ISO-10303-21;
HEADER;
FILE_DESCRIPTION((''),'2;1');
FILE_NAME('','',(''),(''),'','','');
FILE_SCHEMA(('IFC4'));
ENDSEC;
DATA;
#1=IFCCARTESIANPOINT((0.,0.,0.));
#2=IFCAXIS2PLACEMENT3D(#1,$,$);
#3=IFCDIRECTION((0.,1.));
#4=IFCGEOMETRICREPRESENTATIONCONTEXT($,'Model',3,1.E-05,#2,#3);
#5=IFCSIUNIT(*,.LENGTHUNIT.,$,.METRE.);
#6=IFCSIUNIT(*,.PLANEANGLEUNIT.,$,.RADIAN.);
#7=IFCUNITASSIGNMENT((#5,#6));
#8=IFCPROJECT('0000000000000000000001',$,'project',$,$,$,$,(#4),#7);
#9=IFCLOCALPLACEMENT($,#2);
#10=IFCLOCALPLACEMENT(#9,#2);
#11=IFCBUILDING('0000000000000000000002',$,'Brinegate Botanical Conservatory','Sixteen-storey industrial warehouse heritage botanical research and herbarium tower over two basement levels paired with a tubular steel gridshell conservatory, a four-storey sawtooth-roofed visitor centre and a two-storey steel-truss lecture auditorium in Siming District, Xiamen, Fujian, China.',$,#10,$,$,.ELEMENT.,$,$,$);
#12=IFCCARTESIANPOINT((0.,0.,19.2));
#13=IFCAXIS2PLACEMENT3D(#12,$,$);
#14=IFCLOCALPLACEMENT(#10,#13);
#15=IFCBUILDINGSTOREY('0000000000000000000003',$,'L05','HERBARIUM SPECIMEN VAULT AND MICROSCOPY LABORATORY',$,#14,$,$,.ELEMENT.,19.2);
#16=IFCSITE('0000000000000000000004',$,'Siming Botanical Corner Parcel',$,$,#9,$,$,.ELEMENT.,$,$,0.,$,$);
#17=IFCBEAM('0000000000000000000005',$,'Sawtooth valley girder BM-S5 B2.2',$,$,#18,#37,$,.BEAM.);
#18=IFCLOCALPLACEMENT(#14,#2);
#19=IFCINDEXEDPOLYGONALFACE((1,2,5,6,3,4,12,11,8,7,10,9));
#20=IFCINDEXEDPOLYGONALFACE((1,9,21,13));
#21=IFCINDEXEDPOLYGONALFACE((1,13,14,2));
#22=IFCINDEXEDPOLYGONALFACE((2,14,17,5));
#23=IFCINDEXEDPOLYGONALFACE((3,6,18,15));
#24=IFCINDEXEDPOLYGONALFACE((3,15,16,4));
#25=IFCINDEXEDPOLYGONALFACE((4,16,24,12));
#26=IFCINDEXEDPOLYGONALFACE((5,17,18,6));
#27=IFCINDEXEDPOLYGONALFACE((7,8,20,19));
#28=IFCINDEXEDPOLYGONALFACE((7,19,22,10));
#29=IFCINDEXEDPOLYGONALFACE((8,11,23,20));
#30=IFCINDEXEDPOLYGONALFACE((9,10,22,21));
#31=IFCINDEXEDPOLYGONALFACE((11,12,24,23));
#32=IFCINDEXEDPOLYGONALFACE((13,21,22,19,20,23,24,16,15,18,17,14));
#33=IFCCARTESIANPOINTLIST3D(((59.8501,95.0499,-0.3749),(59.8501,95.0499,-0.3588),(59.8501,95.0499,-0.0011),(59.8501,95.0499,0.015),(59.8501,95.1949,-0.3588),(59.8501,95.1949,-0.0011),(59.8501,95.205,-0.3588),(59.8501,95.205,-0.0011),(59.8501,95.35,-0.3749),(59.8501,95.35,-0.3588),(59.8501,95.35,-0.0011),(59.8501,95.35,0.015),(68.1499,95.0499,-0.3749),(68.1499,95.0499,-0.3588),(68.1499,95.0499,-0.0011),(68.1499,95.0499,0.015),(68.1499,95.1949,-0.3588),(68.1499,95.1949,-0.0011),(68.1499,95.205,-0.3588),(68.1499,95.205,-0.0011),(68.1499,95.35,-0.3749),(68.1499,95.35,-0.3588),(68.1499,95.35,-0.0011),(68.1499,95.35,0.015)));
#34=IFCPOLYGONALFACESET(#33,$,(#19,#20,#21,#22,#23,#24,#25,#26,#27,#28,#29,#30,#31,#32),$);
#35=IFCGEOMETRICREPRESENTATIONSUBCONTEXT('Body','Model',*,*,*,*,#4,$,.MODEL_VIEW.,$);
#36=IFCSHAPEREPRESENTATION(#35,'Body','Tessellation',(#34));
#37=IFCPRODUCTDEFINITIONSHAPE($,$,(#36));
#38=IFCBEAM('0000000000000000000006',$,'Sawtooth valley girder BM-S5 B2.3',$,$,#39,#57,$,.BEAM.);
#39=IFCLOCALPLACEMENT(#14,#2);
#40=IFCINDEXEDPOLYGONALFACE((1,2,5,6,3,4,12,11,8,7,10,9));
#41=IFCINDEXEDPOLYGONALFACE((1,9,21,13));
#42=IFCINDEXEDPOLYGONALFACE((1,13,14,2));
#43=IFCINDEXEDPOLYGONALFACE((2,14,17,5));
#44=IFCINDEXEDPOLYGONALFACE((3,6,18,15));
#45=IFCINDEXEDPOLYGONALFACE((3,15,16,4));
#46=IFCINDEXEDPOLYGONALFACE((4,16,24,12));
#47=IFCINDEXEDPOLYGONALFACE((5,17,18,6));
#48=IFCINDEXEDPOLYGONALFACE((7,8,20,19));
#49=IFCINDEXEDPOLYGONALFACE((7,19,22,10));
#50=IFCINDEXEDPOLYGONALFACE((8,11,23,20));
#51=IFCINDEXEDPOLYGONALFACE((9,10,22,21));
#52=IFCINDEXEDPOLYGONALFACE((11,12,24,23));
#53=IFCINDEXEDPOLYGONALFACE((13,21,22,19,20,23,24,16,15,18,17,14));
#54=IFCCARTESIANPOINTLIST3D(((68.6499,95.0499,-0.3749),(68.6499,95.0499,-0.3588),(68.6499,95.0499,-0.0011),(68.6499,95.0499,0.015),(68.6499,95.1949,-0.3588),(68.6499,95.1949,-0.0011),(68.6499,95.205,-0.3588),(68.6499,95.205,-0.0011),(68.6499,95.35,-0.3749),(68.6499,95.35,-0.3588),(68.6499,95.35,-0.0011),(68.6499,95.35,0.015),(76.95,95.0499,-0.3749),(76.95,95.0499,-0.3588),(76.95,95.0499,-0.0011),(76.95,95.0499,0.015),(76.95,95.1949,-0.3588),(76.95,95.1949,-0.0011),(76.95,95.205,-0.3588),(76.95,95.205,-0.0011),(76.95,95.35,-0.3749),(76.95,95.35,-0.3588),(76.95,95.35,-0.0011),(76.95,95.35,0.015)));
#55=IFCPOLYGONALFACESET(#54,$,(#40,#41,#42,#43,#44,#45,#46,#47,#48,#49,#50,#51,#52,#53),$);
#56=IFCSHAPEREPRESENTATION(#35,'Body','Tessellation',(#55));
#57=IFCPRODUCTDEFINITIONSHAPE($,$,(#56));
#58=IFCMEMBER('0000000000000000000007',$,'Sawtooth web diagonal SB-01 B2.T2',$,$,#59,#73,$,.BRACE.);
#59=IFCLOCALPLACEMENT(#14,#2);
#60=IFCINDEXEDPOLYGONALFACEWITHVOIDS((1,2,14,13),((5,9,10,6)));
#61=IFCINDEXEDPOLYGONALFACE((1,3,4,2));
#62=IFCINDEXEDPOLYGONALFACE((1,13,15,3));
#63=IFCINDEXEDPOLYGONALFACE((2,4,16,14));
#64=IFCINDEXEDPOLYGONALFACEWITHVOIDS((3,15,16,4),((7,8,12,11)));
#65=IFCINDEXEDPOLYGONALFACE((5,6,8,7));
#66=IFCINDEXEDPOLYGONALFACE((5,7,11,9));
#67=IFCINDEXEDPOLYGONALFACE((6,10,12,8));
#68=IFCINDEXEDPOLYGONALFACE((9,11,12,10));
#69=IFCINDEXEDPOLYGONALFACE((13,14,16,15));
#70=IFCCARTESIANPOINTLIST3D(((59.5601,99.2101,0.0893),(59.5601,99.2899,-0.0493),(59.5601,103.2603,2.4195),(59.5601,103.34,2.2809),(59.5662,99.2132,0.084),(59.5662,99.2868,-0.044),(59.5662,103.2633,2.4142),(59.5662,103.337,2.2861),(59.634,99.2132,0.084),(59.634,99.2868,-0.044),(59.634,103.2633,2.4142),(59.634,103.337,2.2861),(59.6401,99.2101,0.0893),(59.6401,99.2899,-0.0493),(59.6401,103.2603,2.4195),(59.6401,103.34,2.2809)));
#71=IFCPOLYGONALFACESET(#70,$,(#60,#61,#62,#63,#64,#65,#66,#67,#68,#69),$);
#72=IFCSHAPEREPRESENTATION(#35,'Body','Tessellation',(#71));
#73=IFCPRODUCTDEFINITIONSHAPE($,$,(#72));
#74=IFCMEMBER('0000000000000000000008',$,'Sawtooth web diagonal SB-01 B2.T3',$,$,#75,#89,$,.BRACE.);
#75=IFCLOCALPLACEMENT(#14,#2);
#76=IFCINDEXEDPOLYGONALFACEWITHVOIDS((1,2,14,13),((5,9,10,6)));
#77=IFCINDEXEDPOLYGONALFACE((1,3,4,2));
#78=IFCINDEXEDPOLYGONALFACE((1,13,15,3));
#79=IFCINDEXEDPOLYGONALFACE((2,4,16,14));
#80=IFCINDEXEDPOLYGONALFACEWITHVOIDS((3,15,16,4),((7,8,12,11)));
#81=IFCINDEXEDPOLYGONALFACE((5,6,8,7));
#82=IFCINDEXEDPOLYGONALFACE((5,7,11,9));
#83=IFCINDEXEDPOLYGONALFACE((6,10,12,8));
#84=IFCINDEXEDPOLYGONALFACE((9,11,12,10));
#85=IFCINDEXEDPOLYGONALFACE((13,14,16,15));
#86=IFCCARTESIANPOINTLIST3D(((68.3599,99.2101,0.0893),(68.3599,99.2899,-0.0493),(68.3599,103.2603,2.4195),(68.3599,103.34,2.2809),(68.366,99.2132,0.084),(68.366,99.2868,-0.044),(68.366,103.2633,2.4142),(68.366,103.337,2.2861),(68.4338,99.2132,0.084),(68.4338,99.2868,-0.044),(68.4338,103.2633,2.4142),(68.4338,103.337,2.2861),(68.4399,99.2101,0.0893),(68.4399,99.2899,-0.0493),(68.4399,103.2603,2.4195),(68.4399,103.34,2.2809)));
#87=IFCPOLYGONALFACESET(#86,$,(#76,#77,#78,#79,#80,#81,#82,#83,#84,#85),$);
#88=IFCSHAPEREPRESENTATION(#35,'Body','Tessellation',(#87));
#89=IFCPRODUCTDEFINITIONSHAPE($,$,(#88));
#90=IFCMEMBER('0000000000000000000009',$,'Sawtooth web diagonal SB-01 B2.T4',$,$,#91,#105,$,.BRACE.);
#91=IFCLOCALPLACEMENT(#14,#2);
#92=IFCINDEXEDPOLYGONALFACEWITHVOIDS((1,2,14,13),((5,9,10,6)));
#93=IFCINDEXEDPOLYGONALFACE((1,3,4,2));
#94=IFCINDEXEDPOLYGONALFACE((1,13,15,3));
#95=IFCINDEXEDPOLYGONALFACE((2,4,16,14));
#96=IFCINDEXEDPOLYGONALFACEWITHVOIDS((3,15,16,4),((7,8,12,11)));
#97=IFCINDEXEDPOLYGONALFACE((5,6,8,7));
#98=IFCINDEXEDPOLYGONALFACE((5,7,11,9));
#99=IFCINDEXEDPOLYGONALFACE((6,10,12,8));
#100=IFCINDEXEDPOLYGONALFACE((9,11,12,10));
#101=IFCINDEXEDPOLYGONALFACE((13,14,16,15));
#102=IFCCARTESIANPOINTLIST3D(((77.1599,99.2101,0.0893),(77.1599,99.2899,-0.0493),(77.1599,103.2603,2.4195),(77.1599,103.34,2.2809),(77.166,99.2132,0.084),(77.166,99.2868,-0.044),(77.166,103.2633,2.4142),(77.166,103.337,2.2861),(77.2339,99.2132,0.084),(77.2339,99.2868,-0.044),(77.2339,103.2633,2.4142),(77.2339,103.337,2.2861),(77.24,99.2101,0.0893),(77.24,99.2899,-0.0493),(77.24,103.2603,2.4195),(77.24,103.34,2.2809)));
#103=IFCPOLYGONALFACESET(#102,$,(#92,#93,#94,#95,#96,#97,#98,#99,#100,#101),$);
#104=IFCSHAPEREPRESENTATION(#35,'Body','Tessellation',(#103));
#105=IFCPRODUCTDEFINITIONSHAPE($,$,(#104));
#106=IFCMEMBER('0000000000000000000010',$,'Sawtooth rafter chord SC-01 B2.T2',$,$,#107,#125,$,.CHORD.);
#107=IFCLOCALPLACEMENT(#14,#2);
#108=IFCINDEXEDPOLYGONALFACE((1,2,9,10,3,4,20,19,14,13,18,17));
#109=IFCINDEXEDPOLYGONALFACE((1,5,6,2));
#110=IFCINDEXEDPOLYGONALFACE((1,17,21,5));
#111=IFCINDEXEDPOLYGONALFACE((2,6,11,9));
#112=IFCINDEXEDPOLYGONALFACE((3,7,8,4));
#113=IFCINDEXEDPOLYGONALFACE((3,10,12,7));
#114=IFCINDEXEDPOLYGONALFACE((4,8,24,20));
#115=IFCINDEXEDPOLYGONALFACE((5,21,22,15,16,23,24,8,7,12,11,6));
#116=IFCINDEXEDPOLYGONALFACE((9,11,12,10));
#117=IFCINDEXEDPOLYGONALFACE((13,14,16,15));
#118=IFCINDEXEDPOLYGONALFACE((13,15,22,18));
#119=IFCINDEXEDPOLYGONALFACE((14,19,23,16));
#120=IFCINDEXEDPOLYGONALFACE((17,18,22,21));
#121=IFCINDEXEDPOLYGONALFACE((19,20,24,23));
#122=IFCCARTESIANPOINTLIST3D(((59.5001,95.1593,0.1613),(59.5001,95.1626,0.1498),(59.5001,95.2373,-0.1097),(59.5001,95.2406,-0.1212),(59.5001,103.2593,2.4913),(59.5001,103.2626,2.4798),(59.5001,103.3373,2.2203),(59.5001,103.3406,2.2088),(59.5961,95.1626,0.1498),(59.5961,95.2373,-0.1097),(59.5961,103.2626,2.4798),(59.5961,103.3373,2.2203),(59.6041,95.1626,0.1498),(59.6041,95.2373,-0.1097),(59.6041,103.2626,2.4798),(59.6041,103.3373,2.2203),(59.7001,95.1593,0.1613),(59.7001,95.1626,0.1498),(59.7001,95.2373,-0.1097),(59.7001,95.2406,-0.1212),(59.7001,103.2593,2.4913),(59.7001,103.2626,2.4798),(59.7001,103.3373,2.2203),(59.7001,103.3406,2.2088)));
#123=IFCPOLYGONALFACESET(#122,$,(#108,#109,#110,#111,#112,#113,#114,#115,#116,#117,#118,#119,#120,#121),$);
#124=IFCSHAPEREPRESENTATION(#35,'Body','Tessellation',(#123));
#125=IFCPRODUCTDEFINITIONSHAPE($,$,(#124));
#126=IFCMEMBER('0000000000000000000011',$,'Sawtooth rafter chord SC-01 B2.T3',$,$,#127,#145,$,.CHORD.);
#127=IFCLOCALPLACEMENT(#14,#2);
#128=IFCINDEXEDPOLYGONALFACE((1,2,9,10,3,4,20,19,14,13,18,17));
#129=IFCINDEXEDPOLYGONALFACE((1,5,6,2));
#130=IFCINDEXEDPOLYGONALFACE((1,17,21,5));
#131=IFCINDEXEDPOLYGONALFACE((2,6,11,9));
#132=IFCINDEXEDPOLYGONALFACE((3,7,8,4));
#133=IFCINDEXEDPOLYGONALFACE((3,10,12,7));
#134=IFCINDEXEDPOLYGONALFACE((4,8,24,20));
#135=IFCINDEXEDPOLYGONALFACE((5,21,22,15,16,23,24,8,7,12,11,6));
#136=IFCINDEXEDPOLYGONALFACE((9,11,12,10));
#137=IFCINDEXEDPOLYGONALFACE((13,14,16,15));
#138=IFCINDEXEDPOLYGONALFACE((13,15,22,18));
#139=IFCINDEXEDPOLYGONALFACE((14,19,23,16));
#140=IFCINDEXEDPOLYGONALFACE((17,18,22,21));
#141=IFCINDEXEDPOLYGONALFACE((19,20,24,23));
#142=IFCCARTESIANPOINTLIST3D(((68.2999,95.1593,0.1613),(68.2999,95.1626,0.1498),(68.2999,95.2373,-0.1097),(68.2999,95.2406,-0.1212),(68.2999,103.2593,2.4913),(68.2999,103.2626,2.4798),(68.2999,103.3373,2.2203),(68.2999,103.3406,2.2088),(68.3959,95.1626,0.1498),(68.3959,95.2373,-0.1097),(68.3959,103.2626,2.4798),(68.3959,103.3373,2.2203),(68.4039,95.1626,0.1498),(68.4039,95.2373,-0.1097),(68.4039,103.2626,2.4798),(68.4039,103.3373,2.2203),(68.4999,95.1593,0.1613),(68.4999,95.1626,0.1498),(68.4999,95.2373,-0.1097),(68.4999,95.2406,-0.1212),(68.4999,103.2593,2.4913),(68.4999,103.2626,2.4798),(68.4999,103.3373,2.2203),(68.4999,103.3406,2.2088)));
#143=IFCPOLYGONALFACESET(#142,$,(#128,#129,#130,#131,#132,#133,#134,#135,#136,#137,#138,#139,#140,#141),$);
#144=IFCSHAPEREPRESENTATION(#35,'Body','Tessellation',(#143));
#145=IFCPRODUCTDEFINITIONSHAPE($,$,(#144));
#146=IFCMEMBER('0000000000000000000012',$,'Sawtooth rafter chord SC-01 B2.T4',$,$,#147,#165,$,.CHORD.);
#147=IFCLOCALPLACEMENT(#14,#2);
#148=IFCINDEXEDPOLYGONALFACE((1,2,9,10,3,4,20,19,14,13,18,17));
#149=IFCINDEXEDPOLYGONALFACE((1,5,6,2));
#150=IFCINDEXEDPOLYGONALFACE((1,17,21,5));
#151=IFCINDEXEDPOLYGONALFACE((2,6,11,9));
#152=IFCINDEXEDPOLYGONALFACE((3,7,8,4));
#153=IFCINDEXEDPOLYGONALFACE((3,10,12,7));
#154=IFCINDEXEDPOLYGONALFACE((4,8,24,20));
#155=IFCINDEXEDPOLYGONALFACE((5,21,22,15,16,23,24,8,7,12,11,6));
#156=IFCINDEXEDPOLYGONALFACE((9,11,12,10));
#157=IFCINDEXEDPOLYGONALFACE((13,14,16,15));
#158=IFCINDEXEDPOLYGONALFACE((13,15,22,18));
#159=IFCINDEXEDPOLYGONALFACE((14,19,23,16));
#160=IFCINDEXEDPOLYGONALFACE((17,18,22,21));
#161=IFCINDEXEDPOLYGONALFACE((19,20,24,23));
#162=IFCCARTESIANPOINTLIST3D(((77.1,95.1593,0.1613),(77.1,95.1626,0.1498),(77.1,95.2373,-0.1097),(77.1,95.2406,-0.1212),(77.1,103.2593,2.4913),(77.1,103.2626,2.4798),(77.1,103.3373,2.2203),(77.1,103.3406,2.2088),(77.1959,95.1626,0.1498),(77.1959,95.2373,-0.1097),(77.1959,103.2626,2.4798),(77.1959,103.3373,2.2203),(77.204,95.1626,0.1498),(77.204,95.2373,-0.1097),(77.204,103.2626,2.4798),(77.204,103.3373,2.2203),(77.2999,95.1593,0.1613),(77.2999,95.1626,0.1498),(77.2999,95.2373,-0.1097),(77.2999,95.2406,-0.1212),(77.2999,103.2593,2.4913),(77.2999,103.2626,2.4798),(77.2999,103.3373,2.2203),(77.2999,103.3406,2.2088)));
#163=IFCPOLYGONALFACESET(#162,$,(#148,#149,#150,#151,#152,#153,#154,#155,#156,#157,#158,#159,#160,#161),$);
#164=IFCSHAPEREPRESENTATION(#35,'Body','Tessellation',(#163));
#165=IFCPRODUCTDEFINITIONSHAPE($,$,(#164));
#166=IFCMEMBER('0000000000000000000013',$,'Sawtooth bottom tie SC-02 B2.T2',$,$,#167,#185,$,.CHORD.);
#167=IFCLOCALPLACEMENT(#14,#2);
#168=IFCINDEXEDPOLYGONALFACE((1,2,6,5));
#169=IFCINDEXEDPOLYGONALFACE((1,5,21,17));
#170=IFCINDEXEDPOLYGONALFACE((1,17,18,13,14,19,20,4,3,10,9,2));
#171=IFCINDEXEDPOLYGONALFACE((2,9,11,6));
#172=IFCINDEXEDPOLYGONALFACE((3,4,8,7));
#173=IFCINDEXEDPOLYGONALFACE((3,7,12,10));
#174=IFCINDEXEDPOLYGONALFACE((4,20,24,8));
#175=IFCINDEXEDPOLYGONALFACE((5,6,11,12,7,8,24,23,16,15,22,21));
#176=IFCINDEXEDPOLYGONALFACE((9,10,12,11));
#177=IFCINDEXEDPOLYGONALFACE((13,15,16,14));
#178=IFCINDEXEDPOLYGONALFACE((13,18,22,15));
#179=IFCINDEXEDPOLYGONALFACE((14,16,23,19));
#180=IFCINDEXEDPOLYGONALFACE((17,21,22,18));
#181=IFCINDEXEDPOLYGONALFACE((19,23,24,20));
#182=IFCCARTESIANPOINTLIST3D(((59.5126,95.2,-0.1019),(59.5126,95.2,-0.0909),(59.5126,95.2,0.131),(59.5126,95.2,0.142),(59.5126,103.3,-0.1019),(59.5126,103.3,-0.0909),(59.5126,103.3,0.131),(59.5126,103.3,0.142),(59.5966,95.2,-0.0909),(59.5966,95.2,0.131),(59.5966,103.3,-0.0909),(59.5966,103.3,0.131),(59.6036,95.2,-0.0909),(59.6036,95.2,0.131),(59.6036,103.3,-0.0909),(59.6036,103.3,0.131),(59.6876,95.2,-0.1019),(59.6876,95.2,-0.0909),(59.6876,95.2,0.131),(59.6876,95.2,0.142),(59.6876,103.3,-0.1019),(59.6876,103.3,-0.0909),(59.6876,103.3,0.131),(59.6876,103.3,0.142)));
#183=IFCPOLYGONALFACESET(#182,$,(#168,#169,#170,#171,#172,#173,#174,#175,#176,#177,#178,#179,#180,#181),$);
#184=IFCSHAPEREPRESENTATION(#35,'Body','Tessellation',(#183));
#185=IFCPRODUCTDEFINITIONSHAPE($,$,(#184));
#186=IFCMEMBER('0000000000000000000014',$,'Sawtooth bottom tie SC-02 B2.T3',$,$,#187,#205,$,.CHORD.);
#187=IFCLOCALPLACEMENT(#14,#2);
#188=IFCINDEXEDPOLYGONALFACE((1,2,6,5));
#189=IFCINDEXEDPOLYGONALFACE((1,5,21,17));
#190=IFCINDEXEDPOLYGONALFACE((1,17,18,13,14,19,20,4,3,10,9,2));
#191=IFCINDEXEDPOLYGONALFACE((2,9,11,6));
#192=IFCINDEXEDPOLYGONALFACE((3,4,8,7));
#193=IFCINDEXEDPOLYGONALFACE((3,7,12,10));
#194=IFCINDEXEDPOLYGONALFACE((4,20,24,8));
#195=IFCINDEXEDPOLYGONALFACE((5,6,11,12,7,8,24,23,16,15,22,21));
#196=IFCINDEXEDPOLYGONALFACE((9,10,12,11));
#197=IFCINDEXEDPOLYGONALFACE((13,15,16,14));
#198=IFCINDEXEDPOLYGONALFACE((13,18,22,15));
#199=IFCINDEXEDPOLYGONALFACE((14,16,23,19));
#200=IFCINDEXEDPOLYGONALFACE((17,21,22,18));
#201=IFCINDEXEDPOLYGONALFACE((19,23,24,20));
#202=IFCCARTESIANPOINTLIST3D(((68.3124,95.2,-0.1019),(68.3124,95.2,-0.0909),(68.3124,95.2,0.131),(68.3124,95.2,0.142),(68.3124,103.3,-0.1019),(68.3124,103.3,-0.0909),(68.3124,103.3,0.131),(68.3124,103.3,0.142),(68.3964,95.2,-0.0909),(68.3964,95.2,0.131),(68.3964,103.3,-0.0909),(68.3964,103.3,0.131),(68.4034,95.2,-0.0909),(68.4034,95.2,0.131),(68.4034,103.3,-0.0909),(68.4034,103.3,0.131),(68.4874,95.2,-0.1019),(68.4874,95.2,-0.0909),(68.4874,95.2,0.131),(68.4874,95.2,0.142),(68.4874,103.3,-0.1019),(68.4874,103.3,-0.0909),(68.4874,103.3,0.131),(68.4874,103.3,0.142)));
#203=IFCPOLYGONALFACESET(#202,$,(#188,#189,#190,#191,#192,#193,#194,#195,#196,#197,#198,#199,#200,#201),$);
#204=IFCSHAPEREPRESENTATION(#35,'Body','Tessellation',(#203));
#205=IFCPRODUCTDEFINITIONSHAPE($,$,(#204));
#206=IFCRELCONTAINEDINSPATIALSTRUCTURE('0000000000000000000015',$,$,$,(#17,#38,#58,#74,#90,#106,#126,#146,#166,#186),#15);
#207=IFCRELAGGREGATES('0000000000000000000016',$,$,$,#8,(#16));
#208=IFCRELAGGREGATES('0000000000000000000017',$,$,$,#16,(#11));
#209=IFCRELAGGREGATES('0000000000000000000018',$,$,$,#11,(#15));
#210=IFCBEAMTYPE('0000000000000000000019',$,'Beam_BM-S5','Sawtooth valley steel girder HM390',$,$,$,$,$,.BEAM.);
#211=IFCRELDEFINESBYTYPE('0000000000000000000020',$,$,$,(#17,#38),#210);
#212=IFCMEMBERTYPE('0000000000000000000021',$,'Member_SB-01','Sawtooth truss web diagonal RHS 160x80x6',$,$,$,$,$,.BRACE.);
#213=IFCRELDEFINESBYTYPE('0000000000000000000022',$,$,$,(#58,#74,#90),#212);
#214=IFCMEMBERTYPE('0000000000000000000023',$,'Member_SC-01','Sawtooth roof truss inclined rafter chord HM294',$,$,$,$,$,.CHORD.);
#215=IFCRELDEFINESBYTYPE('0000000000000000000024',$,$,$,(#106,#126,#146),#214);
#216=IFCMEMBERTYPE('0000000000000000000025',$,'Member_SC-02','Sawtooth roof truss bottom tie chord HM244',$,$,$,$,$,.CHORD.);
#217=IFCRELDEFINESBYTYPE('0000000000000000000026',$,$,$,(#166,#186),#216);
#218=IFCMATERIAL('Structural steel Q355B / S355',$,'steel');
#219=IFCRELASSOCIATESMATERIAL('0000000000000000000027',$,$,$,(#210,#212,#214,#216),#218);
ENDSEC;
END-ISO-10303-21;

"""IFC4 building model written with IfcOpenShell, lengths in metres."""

from ifc_helpers import new_model, si_unit, direction, frame, origin, origin_2d, place, context, subcontext, project, spatial, hollow_rectangle, i_section, extrude, material, material_profile, profile_set, type_object, element, save


model = new_model("IFC4")

# Units and contexts
model_context = context("Model", 3, precision=1e-05, world=origin(), true_north=direction((0.0, 1.0)))
body_context = subcontext(model_context, "Body", "Model", "MODEL_VIEW")
ifc_project = project(units=[si_unit("LENGTHUNIT", "METRE"), si_unit("PLANEANGLEUNIT", "RADIAN")], contexts=[model_context])

# Site, building, storey
site_placement = place(None, origin())
site = spatial("IfcSite", under=ifc_project, at=site_placement, Name="Siming Botanical Corner Parcel", CompositionType="ELEMENT", RefElevation=0.0)
building_placement = place(site_placement, origin())
building = spatial("IfcBuilding", under=site, at=building_placement, Name="Brinegate Botanical Conservatory", Description="Sixteen-storey industrial warehouse heritage botanical research and herbarium tower over two basement levels paired with a tubular steel gridshell conservatory, a four-storey sawtooth-roofed visitor centre and a two-storey steel-truss lecture auditorium in Siming District, Xiamen, Fujian, China.", CompositionType="ELEMENT")
storey_placement = place(building_placement, frame((0.0, 0.0, 19.2)))
storey = spatial("IfcBuildingStorey", under=building, at=storey_placement, Name="L05", Description="HERBARIUM SPECIMEN VAULT AND MICROSCOPY LABORATORY", CompositionType="ELEMENT", Elevation=19.2)

# Beams
ifc_material_1 = material(Name="Structural steel Q355B / S355", Category="steel")
ifc_material_profile_1 = material_profile(ifc_material_1, i_section(OverallWidth=0.3, OverallDepth=0.3899, WebThickness=0.01, FlangeThickness=0.0161, at=origin_2d()), Name="HM 390x300x10x16")
ifc_profile_set_1 = profile_set([ifc_material_profile_1], Name="Structural steel Q355B / S355")
beam_type = type_object("IfcBeamType", Name="Beam_BM-S5", Description="Sawtooth valley steel girder HM390", PredefinedType="BEAM", material=ifc_profile_set_1)
beam_1_placement = place(storey_placement, frame((59.8501, 95.2, -0.1799), z_axis=(1.0, 0.0, 0.0), x_axis=(0.0, 1.0, 0.0)))
element("IfcBeam", 1, at=beam_1_placement, inside=storey, type_object=beam_type, Name="Sawtooth valley girder BM-S5 B2.2", PredefinedType="BEAM", context=body_context, shape_type="SweptSolid", body=[
    extrude(i_section(OverallWidth=0.3, OverallDepth=0.3899, WebThickness=0.01, FlangeThickness=0.0161, at=origin_2d()), origin(), (0.0, 0.0, 1.0), 8.2998),
])
beam_2_placement = place(storey_placement, frame((68.6499, 95.2, -0.1799), z_axis=(1.0, 0.0, 0.0), x_axis=(0.0, 1.0, 0.0)))
element("IfcBeam", 2, at=beam_2_placement, inside=storey, type_object=beam_type, Name="Sawtooth valley girder BM-S5 B2.3", PredefinedType="BEAM", context=body_context, shape_type="SweptSolid", body=[
    extrude(i_section(OverallWidth=0.3, OverallDepth=0.3899, WebThickness=0.01, FlangeThickness=0.0161, at=origin_2d()), origin(), (0.0, 0.0, 1.0), 8.3),
])

# Members
ifc_material_profile_2 = material_profile(ifc_material_1, hollow_rectangle(XDim=0.0801, YDim=0.1599, WallThickness=0.0061, at=origin_2d()), Name="RHS 160x80x6")
ifc_profile_set_2 = profile_set([ifc_material_profile_2], Name="Structural steel Q355B / S355")
member_type_1 = type_object("IfcMemberType", Name="Member_SB-01", Description="Sawtooth truss web diagonal RHS 160x80x6", PredefinedType="BRACE", material=ifc_profile_set_2)
for number, where, z_axis, x_axis, name in (
    (3, (59.6001, 99.25, 0.02), (0.0, 0.866786, 0.49868), (-1.0, 0.0, 0.0), "Sawtooth web diagonal SB-01 B2.T2"),
    (4, (68.3999, 99.25, 0.02), (0.0, 0.866786, 0.49868), (-1.0, 0.0, 0.0), "Sawtooth web diagonal SB-01 B2.T3"),
    (5, (77.2, 99.25, 0.02), (0.0, 0.866786, 0.49868), (-1.0, 0.0, 0.0), "Sawtooth web diagonal SB-01 B2.T4"),
):
    element("IfcMember", number, at=place(storey_placement, frame(where, z_axis=z_axis, x_axis=x_axis)), inside=storey, type_object=member_type_1, Name=name, PredefinedType="BRACE", context=body_context, shape_type="SweptSolid", body=[
        extrude(hollow_rectangle(XDim=0.0801, YDim=0.1599, WallThickness=0.0061, at=origin_2d()), origin(), (0.0, 0.0, 1.0), 4.6726),
    ])
ifc_material_profile_3 = material_profile(ifc_material_1, i_section(OverallWidth=0.2, OverallDepth=0.2939, WebThickness=0.0081, FlangeThickness=0.012, at=origin_2d()), Name="HM 294x200x8x12")
ifc_profile_set_3 = profile_set([ifc_material_profile_3], Name="Structural steel Q355B / S355")
member_type_2 = type_object("IfcMemberType", Name="Member_SC-01", Description="Sawtooth roof truss inclined rafter chord HM294", PredefinedType="CHORD", material=ifc_profile_set_3)
for number, where, z_axis, x_axis, name in (
    (6, (59.6001, 95.2, 0.02), (0.0, 0.961028, 0.27645), (-1.0, 0.0, 0.0), "Sawtooth rafter chord SC-01 B2.T2"),
    (7, (68.3999, 95.2, 0.02), (0.0, 0.961028, 0.27645), (-1.0, 0.0, 0.0), "Sawtooth rafter chord SC-01 B2.T3"),
    (8, (77.2, 95.2, 0.02), (0.0, 0.961028, 0.27645), (-1.0, 0.0, 0.0), "Sawtooth rafter chord SC-01 B2.T4"),
):
    element("IfcMember", number, at=place(storey_placement, frame(where, z_axis=z_axis, x_axis=x_axis)), inside=storey, type_object=member_type_2, Name=name, PredefinedType="CHORD", context=body_context, shape_type="SweptSolid", body=[
        extrude(i_section(OverallWidth=0.2, OverallDepth=0.2939, WebThickness=0.0081, FlangeThickness=0.012, at=origin_2d()), origin(), (0.0, 0.0, 1.0), 8.4285),
    ])
ifc_material_profile_4 = material_profile(ifc_material_1, i_section(OverallWidth=0.175, OverallDepth=0.2439, WebThickness=0.0071, FlangeThickness=0.011, at=origin_2d()), Name="HM 244x175x7x11")
ifc_profile_set_4 = profile_set([ifc_material_profile_4], Name="Structural steel Q355B / S355")
member_type_3 = type_object("IfcMemberType", Name="Member_SC-02", Description="Sawtooth roof truss bottom tie chord HM244", PredefinedType="CHORD", material=ifc_profile_set_4)
for number, where, z_axis, x_axis, name in (
    (9, (59.6001, 95.2, 0.02), (0.0, 1.0, 0.0), (-1.0, 0.0, 0.0), "Sawtooth bottom tie SC-02 B2.T2"),
    (10, (68.3999, 95.2, 0.02), (0.0, 1.0, 0.0), (-1.0, 0.0, 0.0), "Sawtooth bottom tie SC-02 B2.T3"),
):
    element("IfcMember", number, at=place(storey_placement, frame(where, z_axis=z_axis, x_axis=x_axis)), inside=storey, type_object=member_type_3, Name=name, PredefinedType="CHORD", context=body_context, shape_type="SweptSolid", body=[
        extrude(i_section(OverallWidth=0.175, OverallDepth=0.2439, WebThickness=0.0071, FlangeThickness=0.011, at=origin_2d()), origin(), (0.0, 0.0, 1.0), 8.1001),
    ])

save(model, "model.ifc")
